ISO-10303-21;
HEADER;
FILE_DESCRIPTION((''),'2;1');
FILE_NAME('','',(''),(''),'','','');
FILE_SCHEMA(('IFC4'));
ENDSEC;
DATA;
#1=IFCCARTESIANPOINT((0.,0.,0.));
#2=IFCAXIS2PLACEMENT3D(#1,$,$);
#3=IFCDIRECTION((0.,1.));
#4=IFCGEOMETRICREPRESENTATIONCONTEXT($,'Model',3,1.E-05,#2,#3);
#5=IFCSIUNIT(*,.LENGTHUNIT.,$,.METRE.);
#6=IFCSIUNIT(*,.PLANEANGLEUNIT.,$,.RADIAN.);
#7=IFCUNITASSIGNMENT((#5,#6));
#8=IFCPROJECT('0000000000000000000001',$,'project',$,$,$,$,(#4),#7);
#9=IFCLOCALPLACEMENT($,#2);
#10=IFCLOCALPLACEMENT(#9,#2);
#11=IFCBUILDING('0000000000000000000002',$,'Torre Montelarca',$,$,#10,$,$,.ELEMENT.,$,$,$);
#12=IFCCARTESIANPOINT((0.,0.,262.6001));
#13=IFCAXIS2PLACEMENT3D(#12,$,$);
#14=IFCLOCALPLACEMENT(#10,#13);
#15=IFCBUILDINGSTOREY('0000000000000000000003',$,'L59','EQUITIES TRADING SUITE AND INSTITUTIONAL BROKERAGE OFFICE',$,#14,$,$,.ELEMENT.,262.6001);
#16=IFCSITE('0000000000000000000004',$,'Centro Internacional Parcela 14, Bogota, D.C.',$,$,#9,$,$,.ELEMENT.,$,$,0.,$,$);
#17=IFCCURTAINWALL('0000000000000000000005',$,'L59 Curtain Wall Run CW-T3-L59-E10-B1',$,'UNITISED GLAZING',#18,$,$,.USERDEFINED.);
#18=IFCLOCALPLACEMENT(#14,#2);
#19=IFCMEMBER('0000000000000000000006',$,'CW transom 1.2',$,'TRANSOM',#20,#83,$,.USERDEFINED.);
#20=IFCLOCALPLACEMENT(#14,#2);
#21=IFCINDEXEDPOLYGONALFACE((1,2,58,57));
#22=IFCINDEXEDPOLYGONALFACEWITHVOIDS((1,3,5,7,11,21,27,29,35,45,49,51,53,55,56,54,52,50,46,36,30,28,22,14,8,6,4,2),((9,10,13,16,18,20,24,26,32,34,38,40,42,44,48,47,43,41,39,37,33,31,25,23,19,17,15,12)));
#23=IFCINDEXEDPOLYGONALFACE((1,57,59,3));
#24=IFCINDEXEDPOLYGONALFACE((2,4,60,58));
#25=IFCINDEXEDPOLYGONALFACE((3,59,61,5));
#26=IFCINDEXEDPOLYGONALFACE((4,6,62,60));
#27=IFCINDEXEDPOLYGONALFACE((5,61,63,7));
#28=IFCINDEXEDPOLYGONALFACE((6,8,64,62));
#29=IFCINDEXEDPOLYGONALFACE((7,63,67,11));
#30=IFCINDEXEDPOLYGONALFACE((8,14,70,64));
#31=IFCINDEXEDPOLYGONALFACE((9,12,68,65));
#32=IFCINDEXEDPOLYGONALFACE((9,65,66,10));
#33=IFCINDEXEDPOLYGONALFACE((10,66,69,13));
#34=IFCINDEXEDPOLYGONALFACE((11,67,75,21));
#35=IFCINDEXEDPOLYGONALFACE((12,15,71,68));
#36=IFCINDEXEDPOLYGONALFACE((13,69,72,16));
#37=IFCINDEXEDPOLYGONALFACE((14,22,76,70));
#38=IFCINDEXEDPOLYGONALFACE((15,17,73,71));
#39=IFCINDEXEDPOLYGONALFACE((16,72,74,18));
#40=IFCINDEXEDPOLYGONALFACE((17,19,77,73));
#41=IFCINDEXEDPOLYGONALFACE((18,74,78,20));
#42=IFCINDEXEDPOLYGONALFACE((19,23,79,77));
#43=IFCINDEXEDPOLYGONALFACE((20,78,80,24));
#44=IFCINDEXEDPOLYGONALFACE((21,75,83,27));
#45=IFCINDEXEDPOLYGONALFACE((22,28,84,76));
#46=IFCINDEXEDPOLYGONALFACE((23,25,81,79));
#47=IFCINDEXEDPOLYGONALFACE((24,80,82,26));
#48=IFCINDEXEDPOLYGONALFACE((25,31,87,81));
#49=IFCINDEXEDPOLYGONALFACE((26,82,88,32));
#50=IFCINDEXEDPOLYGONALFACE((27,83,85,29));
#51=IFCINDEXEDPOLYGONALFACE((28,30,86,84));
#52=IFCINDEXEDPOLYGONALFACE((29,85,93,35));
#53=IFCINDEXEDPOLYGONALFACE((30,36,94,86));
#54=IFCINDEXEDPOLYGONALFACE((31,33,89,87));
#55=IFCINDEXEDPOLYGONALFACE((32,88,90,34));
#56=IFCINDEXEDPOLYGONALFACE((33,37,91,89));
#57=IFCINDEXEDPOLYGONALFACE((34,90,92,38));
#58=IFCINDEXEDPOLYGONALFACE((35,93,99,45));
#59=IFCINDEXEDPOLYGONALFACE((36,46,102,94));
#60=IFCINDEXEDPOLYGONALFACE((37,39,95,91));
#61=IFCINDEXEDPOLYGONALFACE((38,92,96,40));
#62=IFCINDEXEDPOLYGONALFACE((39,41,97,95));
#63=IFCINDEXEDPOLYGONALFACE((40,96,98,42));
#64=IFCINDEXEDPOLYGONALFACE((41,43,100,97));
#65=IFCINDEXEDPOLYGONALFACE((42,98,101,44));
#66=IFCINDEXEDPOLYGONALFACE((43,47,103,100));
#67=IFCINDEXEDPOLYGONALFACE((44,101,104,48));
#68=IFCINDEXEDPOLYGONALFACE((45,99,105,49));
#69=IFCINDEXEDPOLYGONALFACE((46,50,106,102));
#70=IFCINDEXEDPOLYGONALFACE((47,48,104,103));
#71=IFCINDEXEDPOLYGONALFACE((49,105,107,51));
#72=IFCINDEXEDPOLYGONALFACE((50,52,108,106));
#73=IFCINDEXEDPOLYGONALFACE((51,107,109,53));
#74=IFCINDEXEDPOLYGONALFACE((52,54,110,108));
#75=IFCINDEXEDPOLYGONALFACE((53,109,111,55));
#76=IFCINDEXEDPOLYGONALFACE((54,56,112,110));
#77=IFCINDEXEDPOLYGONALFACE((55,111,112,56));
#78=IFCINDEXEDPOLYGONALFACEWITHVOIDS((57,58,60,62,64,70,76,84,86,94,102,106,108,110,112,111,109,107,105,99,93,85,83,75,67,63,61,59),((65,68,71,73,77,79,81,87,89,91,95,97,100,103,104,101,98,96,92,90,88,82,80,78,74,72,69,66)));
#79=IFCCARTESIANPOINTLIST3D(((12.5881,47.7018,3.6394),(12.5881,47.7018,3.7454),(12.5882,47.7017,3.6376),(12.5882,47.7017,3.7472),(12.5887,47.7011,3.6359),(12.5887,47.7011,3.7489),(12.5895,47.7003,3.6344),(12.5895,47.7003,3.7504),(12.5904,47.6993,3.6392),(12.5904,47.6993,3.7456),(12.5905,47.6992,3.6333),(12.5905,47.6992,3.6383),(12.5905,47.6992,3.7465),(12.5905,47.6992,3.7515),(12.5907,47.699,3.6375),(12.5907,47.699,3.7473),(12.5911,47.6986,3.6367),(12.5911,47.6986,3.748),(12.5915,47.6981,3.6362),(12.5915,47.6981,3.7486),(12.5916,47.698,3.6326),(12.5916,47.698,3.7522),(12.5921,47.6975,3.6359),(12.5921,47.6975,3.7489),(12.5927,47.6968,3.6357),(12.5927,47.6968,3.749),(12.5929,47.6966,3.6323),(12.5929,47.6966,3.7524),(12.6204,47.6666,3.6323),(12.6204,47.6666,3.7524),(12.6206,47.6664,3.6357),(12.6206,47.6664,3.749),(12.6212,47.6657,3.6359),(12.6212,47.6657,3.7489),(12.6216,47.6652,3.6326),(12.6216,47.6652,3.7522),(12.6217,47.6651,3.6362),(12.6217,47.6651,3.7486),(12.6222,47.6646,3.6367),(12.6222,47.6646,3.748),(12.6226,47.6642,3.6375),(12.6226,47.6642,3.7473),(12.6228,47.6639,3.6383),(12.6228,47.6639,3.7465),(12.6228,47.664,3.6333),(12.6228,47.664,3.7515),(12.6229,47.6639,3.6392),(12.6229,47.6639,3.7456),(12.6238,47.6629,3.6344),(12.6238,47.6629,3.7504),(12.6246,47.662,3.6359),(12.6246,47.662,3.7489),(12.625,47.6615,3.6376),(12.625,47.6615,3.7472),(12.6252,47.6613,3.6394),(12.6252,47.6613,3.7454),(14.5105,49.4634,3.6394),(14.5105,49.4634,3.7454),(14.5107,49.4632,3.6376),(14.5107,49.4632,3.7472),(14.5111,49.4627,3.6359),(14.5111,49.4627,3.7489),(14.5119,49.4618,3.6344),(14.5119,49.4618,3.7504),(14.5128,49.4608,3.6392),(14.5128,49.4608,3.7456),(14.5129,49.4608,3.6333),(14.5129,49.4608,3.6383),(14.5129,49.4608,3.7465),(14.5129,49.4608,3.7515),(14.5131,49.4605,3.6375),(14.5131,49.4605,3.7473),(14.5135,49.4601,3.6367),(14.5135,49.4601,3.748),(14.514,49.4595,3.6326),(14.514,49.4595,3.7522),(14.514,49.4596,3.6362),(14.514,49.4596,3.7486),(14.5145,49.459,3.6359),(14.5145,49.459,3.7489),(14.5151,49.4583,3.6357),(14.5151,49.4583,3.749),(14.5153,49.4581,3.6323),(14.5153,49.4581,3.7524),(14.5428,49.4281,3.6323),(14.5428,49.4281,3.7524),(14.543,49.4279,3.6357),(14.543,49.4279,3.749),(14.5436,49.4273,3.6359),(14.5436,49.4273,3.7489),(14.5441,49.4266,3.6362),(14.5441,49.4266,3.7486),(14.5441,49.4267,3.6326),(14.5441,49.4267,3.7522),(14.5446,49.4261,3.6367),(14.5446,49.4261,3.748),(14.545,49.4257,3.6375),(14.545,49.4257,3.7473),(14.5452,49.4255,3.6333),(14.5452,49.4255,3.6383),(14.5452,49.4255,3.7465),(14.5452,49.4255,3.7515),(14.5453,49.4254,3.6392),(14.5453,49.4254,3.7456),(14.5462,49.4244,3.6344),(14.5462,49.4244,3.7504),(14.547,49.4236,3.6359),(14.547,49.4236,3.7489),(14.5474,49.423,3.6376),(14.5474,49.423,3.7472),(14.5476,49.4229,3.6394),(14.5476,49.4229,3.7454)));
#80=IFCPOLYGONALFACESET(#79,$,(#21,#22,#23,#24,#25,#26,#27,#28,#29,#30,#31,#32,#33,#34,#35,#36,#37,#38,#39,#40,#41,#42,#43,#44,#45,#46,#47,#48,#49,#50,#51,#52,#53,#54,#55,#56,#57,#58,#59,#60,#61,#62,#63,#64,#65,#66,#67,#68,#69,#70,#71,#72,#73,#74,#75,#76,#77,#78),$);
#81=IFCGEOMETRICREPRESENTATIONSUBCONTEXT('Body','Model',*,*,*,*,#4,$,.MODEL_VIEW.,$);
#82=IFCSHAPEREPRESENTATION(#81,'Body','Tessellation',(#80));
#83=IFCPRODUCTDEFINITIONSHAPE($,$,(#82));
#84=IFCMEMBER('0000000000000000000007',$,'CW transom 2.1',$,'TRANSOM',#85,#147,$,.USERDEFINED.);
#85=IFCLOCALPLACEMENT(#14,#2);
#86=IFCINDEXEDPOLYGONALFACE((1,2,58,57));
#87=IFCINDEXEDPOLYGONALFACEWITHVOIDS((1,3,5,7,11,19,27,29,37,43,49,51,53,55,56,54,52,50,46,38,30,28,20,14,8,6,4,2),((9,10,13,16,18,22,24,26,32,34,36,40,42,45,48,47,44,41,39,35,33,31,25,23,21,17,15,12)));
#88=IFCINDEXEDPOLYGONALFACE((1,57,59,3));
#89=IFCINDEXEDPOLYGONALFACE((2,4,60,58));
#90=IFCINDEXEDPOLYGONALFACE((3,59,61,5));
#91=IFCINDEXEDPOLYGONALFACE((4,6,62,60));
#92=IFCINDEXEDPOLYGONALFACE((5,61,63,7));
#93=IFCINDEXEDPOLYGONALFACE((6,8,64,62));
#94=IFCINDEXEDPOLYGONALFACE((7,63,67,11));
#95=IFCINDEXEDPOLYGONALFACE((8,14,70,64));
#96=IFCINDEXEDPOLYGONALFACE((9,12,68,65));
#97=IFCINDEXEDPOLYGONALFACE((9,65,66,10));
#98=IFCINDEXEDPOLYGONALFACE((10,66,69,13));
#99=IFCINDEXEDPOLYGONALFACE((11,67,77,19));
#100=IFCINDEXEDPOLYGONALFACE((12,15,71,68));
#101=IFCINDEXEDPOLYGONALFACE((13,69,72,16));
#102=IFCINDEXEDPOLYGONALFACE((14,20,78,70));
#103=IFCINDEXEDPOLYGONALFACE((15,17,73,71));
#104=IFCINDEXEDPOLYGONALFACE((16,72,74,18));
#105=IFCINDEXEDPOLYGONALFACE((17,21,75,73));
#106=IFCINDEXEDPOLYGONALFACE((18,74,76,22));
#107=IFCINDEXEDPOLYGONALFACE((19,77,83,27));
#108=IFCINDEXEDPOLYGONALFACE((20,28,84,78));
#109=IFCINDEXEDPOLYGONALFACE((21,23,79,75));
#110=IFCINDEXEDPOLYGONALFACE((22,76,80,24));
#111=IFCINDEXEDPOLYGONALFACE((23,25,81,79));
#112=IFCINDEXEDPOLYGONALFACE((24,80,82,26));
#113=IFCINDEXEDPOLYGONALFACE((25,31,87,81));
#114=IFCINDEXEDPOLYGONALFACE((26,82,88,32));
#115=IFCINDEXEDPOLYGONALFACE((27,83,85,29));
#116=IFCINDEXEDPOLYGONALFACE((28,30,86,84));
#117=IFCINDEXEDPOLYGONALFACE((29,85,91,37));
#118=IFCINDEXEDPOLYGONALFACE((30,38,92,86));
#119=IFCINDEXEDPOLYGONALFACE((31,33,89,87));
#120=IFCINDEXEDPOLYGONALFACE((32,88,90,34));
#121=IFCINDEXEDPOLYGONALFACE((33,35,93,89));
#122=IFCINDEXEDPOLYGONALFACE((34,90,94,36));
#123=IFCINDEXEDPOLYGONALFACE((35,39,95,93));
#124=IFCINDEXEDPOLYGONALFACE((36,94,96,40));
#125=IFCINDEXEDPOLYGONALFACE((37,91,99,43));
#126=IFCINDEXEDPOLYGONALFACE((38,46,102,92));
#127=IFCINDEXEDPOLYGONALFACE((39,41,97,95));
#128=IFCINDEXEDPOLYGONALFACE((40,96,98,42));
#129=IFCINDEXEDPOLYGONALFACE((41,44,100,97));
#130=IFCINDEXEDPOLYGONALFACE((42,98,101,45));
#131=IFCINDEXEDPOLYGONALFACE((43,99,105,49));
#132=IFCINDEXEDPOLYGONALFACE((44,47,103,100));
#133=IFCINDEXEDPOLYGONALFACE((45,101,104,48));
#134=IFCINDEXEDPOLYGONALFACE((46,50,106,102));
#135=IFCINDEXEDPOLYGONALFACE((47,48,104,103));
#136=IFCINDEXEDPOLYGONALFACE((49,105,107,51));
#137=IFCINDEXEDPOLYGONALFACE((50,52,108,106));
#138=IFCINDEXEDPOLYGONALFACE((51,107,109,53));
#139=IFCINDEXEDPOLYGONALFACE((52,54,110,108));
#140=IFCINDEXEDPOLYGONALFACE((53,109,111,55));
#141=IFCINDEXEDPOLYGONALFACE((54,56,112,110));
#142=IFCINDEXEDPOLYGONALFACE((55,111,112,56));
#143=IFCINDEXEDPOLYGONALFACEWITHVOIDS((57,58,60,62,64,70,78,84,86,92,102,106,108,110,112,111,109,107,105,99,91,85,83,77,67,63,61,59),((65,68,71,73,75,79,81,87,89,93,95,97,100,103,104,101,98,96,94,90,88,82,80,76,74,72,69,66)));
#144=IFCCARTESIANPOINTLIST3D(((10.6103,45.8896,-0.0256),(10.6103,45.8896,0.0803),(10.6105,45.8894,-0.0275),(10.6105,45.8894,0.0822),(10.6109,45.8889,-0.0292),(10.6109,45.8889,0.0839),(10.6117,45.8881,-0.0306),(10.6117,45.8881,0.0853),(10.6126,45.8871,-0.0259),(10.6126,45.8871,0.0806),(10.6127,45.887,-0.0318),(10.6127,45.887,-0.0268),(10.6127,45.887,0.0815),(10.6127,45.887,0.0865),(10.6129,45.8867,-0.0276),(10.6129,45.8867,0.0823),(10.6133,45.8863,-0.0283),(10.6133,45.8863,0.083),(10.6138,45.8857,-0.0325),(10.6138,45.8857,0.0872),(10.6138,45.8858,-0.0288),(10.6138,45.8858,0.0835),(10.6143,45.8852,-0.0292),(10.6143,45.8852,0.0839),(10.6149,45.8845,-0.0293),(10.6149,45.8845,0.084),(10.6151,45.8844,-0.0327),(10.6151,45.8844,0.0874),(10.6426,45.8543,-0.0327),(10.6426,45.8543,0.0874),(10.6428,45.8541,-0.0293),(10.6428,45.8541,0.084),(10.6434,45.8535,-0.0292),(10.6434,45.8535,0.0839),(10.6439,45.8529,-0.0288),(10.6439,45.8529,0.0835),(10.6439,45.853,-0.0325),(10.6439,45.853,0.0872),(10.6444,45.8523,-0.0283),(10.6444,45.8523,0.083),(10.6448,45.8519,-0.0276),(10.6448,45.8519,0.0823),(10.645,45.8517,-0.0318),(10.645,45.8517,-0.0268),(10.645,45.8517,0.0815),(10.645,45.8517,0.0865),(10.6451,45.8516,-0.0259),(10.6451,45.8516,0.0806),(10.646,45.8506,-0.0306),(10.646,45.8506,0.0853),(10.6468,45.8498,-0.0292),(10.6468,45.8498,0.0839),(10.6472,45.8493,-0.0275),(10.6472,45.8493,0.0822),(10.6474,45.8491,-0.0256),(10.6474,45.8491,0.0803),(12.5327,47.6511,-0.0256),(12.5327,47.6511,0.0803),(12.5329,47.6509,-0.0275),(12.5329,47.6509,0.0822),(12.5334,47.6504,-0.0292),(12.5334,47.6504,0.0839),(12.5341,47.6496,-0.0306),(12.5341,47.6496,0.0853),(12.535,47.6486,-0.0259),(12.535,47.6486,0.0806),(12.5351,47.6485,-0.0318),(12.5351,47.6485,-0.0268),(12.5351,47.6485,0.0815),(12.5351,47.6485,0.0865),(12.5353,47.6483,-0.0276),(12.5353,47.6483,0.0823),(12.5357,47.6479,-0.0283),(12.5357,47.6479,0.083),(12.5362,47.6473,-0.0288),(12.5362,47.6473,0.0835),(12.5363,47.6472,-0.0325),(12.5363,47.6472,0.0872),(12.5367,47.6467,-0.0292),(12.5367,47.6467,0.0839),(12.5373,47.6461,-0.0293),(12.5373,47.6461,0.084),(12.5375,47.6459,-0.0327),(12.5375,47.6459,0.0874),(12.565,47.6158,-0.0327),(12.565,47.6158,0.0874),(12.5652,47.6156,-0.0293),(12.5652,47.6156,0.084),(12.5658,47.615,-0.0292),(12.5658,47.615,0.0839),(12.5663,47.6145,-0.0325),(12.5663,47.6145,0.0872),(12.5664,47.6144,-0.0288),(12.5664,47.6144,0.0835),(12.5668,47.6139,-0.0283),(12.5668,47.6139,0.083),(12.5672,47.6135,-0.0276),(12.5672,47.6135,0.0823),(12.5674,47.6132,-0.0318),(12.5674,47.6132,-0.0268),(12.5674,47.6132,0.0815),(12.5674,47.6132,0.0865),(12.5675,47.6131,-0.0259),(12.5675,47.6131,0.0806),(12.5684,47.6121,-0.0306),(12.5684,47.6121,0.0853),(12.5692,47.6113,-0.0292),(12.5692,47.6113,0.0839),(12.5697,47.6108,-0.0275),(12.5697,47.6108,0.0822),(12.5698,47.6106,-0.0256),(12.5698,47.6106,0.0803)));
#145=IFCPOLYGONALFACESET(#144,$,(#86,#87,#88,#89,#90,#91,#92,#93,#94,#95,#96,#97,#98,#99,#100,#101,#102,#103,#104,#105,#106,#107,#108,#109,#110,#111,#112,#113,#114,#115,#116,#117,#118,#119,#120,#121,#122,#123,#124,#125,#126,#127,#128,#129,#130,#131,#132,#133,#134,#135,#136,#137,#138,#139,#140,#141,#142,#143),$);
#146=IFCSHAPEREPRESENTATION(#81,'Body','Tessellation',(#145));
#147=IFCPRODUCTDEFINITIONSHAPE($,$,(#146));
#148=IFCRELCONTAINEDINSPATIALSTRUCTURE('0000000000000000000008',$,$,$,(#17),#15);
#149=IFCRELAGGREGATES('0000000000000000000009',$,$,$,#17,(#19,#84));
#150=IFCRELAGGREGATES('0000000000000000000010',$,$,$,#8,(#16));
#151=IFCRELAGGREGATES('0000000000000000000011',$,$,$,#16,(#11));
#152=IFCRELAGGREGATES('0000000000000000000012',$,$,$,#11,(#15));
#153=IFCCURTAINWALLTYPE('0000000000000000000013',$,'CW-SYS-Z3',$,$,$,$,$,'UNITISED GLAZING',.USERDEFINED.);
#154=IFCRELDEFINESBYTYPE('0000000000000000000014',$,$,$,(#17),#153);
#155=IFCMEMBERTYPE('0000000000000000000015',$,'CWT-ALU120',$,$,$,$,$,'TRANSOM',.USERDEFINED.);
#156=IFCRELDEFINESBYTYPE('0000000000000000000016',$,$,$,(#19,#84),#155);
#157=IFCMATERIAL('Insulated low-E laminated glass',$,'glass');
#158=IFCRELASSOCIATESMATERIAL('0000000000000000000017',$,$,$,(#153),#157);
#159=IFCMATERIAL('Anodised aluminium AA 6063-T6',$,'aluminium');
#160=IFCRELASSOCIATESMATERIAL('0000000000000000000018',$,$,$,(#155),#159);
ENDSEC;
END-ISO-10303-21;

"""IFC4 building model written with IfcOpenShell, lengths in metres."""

from ifc_helpers import new_model, si_unit, direction, frame, origin, origin_2d, place, context, subcontext, project, spatial, hollow_rectangle, extrude, source, transform, mapped, material, material_profile, profile_set, type_object, element, aggregate, save


model = new_model("IFC4")

# Units and contexts
model_context = context("Model", 3, precision=1e-05, world=origin(), true_north=direction((0.0, 1.0)))
body_context = subcontext(model_context, "Body", "Model", "MODEL_VIEW")
ifc_project = project(units=[si_unit("LENGTHUNIT", "METRE"), si_unit("PLANEANGLEUNIT", "RADIAN")], contexts=[model_context])

# Site, building, storey
site_placement = place(None, origin())
site = spatial("IfcSite", under=ifc_project, at=site_placement, Name="Centro Internacional Parcela 14, Bogota, D.C.", CompositionType="ELEMENT", RefElevation=0.0)
building_placement = place(site_placement, origin())
building = spatial("IfcBuilding", under=site, at=building_placement, Name="Torre Montelarca", CompositionType="ELEMENT")
storey_placement = place(building_placement, frame((0.0, 0.0, 262.6001)))
storey = spatial("IfcBuildingStorey", under=building, at=storey_placement, Name="L59", Description="EQUITIES TRADING SUITE AND INSTITUTIONAL BROKERAGE OFFICE", CompositionType="ELEMENT", Elevation=262.6001)

# Curtain wall
ifc_material_1 = material(Name="Insulated low-E laminated glass", Category="glass")
curtain_wall_type = type_object("IfcCurtainWallType", Name="CW-SYS-Z3", ElementType="UNITISED GLAZING", PredefinedType="USERDEFINED", material=ifc_material_1)
curtain_wall_1_placement = place(storey_placement, origin())
curtain_wall_1 = element("IfcCurtainWall", 1, at=curtain_wall_1_placement, inside=storey, type_object=curtain_wall_type, Name="L59 Curtain Wall Run CW-T3-L59-E10-B1", ObjectType="UNITISED GLAZING", PredefinedType="USERDEFINED")
ifc_material_2 = material(Name="Anodised aluminium AA 6063-T6", Category="aluminium")

# Members
ifc_material_profile_1 = material_profile(ifc_material_2, hollow_rectangle(XDim=0.0549, YDim=0.1201, WallThickness=0.0034, InnerFilletRadius=0.0034, OuterFilletRadius=0.0071, at=origin_2d()), Name="ALU55X120X3.5", Category="aluminium")
ifc_profile_set_1 = profile_set([ifc_material_profile_1], Name="Anodised aluminium AA 6063-T6")
member_type_1 = type_object("IfcMemberType", Name="CWT-ALU120", ElementType="TRANSOM", PredefinedType="USERDEFINED", material=ifc_profile_set_1)
shared_shape_1 = source(origin(), body_context, "Body", "SweptSolid", [
    extrude(hollow_rectangle(XDim=0.0549, YDim=0.1201, WallThickness=0.0034, InnerFilletRadius=0.0034, OuterFilletRadius=0.0071, at=origin_2d()), origin(), (0.0, 0.0, 1.0), 2.6074),
])
member_1_placement = place(storey_placement, frame((14.5291, 49.4431, 3.6924), z_axis=(-0.737286, -0.67558, 0.0), x_axis=(0.67558, -0.737286, 0.0)))
member_1 = element("IfcMember", 2, at=member_1_placement, type_object=member_type_1, Name="CW transom 1.2", ObjectType="TRANSOM", PredefinedType="USERDEFINED", context=body_context, shape_type="MappedRepresentation", body=[
    mapped(shared_shape_1, transform((0.0, 0.0, 0.0), scale=1.0)),
])
member_2_placement = place(storey_placement, frame((12.5513, 47.6309, 0.0273), z_axis=(-0.737286, -0.67558, 0.0), x_axis=(0.67558, -0.737286, 0.0)))
member_2 = element("IfcMember", 3, at=member_2_placement, type_object=member_type_1, Name="CW transom 2.1", ObjectType="TRANSOM", PredefinedType="USERDEFINED", context=body_context, shape_type="MappedRepresentation", body=[
    mapped(shared_shape_1, transform((0.0, 0.0, 0.0), scale=1.0)),
])

aggregate(curtain_wall_1, [member_1, member_2])

save(model, "model.ifc")
